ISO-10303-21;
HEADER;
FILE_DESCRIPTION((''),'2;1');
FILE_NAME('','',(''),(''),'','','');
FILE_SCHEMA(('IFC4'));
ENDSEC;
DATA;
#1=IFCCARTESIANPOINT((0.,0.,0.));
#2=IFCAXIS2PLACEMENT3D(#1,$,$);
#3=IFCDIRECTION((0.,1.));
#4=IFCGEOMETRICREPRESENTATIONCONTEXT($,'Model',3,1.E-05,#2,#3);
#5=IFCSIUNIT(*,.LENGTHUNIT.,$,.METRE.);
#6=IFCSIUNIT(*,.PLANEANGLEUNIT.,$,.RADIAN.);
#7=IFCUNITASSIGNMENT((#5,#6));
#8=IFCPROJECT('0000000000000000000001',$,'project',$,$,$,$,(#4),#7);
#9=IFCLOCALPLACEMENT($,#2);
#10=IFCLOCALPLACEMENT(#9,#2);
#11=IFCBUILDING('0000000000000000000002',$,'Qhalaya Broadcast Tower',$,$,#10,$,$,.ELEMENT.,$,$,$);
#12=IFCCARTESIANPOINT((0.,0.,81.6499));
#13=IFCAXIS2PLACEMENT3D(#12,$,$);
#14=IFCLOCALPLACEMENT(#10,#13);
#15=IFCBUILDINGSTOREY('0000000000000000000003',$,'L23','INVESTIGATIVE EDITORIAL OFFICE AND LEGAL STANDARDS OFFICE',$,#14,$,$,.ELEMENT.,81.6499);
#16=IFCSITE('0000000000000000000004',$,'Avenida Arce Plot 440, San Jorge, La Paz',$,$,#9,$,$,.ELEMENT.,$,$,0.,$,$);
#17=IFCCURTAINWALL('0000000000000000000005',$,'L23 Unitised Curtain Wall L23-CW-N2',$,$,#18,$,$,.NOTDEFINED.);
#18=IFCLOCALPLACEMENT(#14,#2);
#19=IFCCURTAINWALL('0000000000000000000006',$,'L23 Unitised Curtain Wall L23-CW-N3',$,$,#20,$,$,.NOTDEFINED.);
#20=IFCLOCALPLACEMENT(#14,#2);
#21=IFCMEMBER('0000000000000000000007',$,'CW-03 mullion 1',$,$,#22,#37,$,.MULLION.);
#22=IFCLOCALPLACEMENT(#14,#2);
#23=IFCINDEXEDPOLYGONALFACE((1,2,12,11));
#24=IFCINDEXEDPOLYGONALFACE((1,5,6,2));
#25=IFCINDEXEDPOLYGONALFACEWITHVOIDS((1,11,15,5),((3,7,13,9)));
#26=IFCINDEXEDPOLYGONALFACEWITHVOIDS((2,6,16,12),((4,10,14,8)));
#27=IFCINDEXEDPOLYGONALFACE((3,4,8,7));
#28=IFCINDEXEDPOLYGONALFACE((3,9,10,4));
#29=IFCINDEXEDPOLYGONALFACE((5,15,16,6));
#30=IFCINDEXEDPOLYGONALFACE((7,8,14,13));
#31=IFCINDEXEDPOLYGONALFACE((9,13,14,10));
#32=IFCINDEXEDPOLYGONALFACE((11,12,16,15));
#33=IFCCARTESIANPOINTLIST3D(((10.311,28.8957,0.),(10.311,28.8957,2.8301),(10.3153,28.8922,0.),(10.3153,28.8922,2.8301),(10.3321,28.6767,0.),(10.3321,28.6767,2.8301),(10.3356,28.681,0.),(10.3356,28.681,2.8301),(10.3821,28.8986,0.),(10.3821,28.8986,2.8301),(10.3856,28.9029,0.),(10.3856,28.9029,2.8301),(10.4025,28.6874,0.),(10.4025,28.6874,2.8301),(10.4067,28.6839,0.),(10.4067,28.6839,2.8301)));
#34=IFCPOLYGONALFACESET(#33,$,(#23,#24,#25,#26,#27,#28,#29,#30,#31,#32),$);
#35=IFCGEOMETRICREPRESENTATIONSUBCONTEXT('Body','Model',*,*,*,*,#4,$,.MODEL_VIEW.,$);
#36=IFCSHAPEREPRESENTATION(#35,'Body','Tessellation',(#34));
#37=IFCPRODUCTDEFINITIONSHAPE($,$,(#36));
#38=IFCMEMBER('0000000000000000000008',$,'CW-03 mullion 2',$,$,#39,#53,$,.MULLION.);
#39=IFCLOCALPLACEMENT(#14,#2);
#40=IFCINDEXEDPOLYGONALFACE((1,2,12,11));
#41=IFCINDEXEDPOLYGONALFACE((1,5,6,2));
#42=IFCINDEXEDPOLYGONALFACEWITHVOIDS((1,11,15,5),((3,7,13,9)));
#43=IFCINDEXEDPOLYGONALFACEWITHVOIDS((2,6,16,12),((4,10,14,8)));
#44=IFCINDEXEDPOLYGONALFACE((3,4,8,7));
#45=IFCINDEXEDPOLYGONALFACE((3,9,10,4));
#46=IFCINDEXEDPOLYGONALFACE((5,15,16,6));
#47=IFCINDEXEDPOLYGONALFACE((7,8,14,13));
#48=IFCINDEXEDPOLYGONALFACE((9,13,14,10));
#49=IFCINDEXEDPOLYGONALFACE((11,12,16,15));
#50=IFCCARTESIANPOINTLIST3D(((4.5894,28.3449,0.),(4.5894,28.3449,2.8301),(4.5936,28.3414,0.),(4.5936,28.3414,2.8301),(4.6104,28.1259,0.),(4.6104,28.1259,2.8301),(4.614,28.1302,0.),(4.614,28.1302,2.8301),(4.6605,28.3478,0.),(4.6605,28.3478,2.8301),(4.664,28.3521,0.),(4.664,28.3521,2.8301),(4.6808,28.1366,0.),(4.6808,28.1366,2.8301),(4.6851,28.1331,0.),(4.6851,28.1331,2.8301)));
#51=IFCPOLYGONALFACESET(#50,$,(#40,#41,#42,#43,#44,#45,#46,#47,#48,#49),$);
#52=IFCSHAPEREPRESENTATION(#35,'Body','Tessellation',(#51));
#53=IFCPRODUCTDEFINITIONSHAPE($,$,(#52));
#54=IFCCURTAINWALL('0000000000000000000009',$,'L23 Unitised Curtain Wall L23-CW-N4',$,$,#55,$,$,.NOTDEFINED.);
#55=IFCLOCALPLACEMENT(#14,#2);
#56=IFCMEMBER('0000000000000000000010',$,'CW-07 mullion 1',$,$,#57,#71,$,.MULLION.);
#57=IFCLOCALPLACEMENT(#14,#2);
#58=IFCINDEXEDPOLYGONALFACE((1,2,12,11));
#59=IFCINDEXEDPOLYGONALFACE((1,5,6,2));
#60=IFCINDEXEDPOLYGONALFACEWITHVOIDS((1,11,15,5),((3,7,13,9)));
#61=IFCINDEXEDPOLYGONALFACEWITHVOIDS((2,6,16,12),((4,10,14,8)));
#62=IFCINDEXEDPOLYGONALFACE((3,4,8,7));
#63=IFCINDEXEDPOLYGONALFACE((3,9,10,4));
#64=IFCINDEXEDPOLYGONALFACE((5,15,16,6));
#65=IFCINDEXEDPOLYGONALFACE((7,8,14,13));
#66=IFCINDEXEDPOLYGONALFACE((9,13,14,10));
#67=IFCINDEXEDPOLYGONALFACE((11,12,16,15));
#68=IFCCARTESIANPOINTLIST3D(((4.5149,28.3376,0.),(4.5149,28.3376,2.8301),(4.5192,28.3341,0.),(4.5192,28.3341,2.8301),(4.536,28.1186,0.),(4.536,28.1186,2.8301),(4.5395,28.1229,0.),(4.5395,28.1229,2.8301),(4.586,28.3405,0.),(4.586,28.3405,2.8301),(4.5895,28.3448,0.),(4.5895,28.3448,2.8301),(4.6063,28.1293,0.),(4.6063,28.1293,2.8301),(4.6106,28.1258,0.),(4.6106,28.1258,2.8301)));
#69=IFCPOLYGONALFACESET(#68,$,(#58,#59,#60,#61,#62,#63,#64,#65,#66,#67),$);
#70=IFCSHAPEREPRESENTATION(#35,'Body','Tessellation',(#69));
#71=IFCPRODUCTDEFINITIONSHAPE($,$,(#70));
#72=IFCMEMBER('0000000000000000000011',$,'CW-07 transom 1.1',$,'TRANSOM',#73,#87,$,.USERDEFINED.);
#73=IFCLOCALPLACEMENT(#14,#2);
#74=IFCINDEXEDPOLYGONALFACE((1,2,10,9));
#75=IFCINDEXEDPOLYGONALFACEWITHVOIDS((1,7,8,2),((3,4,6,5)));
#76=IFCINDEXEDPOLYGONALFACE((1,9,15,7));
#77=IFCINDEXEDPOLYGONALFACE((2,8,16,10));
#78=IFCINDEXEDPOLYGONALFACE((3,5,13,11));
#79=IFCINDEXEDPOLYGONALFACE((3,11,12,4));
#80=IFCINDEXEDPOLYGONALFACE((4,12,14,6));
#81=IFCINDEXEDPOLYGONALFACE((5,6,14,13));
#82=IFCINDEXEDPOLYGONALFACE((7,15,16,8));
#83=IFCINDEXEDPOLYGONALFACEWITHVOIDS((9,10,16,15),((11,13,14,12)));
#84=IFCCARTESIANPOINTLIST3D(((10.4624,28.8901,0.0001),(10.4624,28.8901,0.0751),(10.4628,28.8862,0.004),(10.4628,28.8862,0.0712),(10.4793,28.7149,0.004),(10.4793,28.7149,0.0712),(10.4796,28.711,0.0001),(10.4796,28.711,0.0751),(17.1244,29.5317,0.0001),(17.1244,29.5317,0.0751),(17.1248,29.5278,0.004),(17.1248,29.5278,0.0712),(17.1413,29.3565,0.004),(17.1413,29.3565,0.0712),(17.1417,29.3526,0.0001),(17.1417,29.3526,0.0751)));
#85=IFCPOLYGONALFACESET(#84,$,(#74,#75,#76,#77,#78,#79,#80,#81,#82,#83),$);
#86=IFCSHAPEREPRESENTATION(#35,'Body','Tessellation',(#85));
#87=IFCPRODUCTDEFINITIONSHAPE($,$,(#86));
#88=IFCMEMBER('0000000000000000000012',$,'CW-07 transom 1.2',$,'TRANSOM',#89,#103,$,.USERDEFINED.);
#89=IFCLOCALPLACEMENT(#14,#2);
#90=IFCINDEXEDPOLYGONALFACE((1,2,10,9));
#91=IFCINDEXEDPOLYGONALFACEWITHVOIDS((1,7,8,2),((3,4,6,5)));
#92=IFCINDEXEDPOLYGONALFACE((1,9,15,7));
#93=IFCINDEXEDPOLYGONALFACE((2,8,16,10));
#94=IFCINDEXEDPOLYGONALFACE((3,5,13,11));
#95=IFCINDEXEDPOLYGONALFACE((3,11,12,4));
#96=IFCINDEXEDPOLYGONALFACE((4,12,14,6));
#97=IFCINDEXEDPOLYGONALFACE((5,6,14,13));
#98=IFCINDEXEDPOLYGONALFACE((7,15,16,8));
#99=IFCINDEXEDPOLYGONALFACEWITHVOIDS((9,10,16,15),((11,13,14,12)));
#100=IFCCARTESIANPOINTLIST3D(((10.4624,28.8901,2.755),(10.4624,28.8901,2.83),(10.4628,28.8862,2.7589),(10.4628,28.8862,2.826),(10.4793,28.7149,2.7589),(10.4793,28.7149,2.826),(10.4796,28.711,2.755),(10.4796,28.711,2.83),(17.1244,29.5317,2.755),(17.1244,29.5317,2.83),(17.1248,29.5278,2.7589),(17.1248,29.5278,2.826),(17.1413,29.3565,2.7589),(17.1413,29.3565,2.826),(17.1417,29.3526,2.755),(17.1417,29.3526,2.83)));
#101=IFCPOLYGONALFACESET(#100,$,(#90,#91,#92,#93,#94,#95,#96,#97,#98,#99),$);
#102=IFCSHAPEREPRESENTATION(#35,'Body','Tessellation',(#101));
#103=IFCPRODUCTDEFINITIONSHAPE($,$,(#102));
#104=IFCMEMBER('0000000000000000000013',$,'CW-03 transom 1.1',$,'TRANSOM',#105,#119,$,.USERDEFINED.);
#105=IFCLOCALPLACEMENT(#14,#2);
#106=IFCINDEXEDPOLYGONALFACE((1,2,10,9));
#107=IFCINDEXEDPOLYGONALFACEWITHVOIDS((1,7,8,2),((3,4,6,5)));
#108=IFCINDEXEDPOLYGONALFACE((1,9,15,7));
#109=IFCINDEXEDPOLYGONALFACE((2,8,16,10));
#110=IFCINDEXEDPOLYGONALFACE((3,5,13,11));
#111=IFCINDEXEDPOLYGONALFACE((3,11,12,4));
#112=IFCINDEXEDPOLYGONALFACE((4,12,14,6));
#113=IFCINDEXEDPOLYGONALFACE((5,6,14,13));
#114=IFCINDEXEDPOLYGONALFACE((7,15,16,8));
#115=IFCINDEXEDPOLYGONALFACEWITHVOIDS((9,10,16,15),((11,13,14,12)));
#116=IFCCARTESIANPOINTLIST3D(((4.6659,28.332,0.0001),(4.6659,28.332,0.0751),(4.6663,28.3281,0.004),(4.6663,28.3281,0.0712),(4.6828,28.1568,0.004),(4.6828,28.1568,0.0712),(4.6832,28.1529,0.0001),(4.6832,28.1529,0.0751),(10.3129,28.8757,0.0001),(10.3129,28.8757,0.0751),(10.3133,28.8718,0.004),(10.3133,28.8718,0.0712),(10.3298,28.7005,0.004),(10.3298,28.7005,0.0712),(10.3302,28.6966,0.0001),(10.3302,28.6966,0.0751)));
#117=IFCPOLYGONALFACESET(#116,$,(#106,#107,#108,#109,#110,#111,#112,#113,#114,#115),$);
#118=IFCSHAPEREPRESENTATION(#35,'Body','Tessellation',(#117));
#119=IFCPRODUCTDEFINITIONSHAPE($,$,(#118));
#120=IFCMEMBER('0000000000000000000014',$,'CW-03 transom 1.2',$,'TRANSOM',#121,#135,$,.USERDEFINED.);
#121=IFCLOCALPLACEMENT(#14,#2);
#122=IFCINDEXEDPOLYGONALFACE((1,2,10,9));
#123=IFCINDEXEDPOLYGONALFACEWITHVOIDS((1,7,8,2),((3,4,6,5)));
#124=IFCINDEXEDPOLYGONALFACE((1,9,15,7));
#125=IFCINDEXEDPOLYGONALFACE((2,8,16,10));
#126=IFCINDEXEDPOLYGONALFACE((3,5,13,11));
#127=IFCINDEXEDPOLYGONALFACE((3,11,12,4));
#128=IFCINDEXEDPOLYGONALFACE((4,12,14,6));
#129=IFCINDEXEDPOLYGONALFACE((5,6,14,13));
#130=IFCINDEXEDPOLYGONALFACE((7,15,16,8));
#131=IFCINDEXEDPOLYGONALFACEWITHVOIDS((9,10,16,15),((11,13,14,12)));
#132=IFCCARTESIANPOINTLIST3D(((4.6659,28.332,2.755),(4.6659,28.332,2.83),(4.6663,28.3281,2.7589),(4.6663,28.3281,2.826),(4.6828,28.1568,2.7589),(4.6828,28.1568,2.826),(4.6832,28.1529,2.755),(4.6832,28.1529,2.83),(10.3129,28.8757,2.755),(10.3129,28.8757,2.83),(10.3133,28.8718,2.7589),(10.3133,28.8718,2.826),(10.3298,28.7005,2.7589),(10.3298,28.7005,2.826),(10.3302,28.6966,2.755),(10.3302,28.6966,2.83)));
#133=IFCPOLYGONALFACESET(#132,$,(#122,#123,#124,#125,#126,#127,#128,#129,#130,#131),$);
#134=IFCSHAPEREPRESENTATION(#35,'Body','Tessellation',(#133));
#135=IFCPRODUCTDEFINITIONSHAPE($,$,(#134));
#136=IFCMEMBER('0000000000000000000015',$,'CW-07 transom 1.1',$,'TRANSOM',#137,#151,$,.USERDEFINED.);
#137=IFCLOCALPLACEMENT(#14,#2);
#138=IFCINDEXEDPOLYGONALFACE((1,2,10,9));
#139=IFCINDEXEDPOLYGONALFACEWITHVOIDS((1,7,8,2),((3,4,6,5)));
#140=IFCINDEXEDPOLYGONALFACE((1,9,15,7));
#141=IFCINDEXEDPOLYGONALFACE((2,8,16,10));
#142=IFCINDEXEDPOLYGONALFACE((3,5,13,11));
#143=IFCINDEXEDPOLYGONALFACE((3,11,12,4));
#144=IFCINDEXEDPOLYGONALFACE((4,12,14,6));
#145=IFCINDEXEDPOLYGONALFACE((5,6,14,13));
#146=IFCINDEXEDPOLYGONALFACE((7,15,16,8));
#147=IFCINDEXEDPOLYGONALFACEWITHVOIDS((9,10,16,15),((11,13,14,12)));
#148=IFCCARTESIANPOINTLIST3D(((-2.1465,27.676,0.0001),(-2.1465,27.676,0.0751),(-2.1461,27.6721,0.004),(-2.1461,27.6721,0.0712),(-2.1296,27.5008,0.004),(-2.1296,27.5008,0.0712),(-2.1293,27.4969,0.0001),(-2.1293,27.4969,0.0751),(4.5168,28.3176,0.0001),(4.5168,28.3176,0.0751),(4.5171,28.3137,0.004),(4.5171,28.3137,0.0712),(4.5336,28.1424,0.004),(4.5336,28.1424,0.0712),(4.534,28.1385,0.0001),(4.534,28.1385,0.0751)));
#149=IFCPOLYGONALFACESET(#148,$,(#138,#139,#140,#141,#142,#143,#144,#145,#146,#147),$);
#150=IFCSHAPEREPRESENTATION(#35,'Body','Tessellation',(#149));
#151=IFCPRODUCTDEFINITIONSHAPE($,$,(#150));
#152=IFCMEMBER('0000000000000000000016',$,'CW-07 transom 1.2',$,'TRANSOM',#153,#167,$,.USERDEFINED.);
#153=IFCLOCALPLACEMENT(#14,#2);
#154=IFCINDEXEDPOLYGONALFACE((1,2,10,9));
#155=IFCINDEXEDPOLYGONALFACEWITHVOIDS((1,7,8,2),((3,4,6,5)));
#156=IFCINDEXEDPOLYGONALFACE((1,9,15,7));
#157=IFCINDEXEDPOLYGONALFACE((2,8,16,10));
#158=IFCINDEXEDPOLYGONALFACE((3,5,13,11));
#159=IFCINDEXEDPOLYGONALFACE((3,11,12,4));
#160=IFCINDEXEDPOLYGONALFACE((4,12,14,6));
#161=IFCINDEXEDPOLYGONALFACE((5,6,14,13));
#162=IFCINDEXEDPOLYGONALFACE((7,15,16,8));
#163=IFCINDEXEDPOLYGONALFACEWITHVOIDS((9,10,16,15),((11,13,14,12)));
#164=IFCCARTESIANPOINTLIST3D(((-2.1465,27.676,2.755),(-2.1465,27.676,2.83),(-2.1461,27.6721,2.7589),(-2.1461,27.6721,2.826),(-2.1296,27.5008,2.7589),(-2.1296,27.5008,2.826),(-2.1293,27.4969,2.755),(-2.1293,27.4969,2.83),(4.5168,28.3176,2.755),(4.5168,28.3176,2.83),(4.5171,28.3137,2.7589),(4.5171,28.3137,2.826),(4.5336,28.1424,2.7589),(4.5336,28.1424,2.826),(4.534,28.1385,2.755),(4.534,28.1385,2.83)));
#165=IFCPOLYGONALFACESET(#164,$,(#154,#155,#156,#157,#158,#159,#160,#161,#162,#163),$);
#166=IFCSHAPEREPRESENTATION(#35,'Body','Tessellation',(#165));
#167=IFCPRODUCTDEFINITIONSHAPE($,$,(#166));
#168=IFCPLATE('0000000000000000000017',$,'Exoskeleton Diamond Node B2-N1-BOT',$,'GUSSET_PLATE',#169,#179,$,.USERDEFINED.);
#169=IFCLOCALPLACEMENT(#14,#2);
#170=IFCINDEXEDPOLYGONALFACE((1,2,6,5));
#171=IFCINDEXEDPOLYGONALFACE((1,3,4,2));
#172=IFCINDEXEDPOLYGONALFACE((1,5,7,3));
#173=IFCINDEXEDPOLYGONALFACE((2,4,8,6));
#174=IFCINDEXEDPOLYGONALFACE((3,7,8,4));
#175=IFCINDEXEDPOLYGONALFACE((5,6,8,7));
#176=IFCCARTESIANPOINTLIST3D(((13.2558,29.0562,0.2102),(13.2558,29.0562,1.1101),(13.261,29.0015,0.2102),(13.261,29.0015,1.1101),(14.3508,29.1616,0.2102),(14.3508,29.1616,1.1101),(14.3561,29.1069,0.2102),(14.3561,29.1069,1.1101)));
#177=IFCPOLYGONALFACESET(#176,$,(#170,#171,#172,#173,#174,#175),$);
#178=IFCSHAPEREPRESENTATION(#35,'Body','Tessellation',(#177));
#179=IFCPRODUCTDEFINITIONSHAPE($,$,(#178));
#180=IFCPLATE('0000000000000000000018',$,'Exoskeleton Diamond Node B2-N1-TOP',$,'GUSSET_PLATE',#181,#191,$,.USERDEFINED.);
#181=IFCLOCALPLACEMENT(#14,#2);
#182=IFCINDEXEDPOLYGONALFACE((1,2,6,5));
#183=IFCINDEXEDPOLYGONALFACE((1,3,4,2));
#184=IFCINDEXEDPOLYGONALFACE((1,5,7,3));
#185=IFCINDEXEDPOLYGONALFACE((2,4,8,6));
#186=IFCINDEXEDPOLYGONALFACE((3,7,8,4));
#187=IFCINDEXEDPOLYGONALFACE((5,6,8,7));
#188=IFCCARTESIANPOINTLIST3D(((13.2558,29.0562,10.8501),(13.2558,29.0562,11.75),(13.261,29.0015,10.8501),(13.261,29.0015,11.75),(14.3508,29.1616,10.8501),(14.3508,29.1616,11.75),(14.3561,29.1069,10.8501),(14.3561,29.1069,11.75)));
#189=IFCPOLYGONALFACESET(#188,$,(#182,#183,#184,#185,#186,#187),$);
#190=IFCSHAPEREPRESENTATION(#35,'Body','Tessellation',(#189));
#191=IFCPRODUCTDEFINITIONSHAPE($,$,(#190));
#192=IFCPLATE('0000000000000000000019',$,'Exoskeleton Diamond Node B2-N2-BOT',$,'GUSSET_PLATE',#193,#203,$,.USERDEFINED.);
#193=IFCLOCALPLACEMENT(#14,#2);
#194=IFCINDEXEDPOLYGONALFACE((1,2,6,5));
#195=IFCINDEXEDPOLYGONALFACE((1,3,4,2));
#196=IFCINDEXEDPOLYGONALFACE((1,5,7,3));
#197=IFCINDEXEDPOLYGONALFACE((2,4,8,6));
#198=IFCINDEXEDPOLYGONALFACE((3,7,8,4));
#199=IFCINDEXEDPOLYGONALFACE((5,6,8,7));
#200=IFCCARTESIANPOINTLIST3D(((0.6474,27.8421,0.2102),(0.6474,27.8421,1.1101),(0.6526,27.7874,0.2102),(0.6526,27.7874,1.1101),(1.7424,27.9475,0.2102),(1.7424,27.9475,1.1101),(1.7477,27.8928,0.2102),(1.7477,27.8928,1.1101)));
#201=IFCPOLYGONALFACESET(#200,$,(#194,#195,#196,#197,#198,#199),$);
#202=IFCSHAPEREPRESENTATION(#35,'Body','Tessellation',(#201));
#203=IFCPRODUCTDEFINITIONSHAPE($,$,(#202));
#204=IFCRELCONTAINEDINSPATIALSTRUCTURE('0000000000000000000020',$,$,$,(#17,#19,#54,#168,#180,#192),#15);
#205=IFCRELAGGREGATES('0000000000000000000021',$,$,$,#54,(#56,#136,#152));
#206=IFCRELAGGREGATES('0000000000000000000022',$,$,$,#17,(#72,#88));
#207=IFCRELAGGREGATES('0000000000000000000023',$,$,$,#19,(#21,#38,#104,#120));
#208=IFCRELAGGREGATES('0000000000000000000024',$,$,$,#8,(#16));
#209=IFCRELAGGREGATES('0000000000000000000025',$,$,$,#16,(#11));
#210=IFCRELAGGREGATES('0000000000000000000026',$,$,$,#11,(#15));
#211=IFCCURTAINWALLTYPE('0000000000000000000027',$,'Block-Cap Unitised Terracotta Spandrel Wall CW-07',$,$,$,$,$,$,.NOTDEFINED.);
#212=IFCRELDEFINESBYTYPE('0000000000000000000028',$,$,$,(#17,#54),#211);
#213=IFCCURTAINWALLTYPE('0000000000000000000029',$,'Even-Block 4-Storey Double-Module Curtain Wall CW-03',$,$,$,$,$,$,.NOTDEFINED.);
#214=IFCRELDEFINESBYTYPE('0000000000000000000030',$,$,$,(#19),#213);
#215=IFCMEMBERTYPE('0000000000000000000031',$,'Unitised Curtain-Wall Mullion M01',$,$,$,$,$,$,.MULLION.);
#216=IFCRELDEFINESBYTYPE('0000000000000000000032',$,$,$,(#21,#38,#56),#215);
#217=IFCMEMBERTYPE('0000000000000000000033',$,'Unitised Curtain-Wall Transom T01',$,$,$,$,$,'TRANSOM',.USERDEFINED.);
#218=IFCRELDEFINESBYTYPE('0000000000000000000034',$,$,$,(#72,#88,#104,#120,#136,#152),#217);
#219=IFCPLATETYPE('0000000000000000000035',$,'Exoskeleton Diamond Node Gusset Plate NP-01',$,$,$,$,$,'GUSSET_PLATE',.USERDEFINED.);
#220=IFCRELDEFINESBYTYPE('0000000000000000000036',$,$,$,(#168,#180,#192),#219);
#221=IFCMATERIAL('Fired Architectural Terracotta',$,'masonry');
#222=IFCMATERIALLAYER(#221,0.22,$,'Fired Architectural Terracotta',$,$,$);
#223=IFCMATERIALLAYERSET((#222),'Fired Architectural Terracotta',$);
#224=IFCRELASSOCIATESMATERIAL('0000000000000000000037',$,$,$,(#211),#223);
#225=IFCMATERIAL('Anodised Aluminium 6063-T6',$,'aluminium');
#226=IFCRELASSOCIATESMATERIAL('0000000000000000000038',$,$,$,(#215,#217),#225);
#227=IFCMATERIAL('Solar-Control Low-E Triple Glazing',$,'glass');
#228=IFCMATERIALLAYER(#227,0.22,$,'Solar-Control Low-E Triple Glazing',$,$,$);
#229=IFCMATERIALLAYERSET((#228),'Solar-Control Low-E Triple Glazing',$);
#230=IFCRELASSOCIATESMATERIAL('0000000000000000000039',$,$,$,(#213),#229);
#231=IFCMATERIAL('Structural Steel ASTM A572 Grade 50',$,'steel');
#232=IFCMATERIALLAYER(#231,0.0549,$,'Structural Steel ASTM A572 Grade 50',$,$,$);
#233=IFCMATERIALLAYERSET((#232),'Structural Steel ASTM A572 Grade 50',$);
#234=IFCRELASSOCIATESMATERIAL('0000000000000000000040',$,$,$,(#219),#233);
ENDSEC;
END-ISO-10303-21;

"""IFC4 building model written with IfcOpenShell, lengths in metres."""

from ifc_helpers import new_model, si_unit, direction, frame, origin, origin_2d, place, context, subcontext, project, spatial, rectangle, hollow_rectangle, extrude, material, layer, layer_set, material_profile, profile_set, type_object, element, aggregate, save


model = new_model("IFC4")

# Units and contexts
model_context = context("Model", 3, precision=1e-05, world=origin(), true_north=direction((0.0, 1.0)))
body_context = subcontext(model_context, "Body", "Model", "MODEL_VIEW")
ifc_project = project(units=[si_unit("LENGTHUNIT", "METRE"), si_unit("PLANEANGLEUNIT", "RADIAN")], contexts=[model_context])

# Site, building, storey
site_placement = place(None, origin())
site = spatial("IfcSite", under=ifc_project, at=site_placement, Name="Avenida Arce Plot 440, San Jorge, La Paz", CompositionType="ELEMENT", RefElevation=0.0)
building_placement = place(site_placement, origin())
building = spatial("IfcBuilding", under=site, at=building_placement, Name="Qhalaya Broadcast Tower", CompositionType="ELEMENT")
storey_placement = place(building_placement, frame((0.0, 0.0, 81.6499)))
storey = spatial("IfcBuildingStorey", under=building, at=storey_placement, Name="L23", Description="INVESTIGATIVE EDITORIAL OFFICE AND LEGAL STANDARDS OFFICE", CompositionType="ELEMENT", Elevation=81.6499)

# Shared definitions
ifc_material_1 = material(Name="Structural Steel ASTM A572 Grade 50", Category="steel")

# Curtain wall
ifc_material_2 = material(Name="Fired Architectural Terracotta", Category="masonry")
ifc_layer_1 = layer(ifc_material_2, 0.22, Name="Fired Architectural Terracotta")
ifc_layer_set_1 = layer_set([ifc_layer_1], Name="Fired Architectural Terracotta")
curtain_wall_type_1 = type_object("IfcCurtainWallType", Name="Block-Cap Unitised Terracotta Spandrel Wall CW-07", PredefinedType="NOTDEFINED", material=ifc_layer_set_1)
curtain_wall_1_placement = place(storey_placement, origin())
curtain_wall_1 = element("IfcCurtainWall", 1, at=curtain_wall_1_placement, inside=storey, type_object=curtain_wall_type_1, Name="L23 Unitised Curtain Wall L23-CW-N2", PredefinedType="NOTDEFINED")
ifc_material_3 = material(Name="Anodised Aluminium 6063-T6", Category="aluminium")
ifc_material_profile_1 = material_profile(ifc_material_3, hollow_rectangle(XDim=0.075, YDim=0.22, WallThickness=0.0039, at=origin_2d()), Name="ALU-MUL 75x220x4")
ifc_profile_set_1 = profile_set([ifc_material_profile_1], Name="Anodised Aluminium 6063-T6")
member_type_1 = type_object("IfcMemberType", Name="Unitised Curtain-Wall Mullion M01", PredefinedType="MULLION", material=ifc_profile_set_1)

# Curtain wall, members
ifc_material_4 = material(Name="Solar-Control Low-E Triple Glazing", Category="glass")
ifc_layer_2 = layer(ifc_material_4, 0.22, Name="Solar-Control Low-E Triple Glazing")
ifc_layer_set_2 = layer_set([ifc_layer_2], Name="Solar-Control Low-E Triple Glazing")
curtain_wall_type_2 = type_object("IfcCurtainWallType", Name="Even-Block 4-Storey Double-Module Curtain Wall CW-03", PredefinedType="NOTDEFINED", material=ifc_layer_set_2)
curtain_wall_2_placement = place(storey_placement, origin())
curtain_wall_2 = element("IfcCurtainWall", 2, at=curtain_wall_2_placement, inside=storey, type_object=curtain_wall_type_2, Name="L23 Unitised Curtain Wall L23-CW-N3", PredefinedType="NOTDEFINED")
member_1_placement = place(storey_placement, frame((10.3589, 28.7898, 0.0), z_axis=(0.0, 0.0, 1.0), x_axis=(-0.995396, -0.095844, 0.0)))
member_1 = element("IfcMember", 3, at=member_1_placement, type_object=member_type_1, Name="CW-03 mullion 1", PredefinedType="MULLION", context=body_context, shape_type="SweptSolid", body=[
    extrude(hollow_rectangle(XDim=0.075, YDim=0.22, WallThickness=0.0039, at=origin_2d()), origin(), (0.0, 0.0, 1.0), 2.8301),
])
member_2_placement = place(storey_placement, frame((4.6372, 28.239, 0.0), z_axis=(0.0, 0.0, 1.0), x_axis=(-0.995396, -0.095844, 0.0)))
member_2 = element("IfcMember", 4, at=member_2_placement, type_object=member_type_1, Name="CW-03 mullion 2", PredefinedType="MULLION", context=body_context, shape_type="SweptSolid", body=[
    extrude(hollow_rectangle(XDim=0.075, YDim=0.22, WallThickness=0.0039, at=origin_2d()), origin(), (0.0, 0.0, 1.0), 2.8301),
])

# Curtain wall, member
curtain_wall_3_placement = place(storey_placement, origin())
curtain_wall_3 = element("IfcCurtainWall", 5, at=curtain_wall_3_placement, inside=storey, type_object=curtain_wall_type_1, Name="L23 Unitised Curtain Wall L23-CW-N4", PredefinedType="NOTDEFINED")
member_3_placement = place(storey_placement, frame((4.5627, 28.2317, 0.0), z_axis=(0.0, 0.0, 1.0), x_axis=(-0.995396, -0.09585, 0.0)))
member_3 = element("IfcMember", 6, at=member_3_placement, type_object=member_type_1, Name="CW-07 mullion 1", PredefinedType="MULLION", context=body_context, shape_type="SweptSolid", body=[
    extrude(hollow_rectangle(XDim=0.075, YDim=0.22, WallThickness=0.0039, at=origin_2d()), origin(), (0.0, 0.0, 1.0), 2.8301),
])

# Members
ifc_material_profile_2 = material_profile(ifc_material_3, hollow_rectangle(XDim=0.075, YDim=0.1799, WallThickness=0.0039, at=origin_2d()), Name="ALU-TRN 75x180x4")
ifc_profile_set_2 = profile_set([ifc_material_profile_2], Name="Anodised Aluminium 6063-T6")
member_type_2 = type_object("IfcMemberType", Name="Unitised Curtain-Wall Transom T01", ElementType="TRANSOM", PredefinedType="USERDEFINED", material=ifc_profile_set_2)
member_4_placement = place(storey_placement, frame((17.1331, 29.4421, 0.0376), z_axis=(-0.995395, -0.095863, 0.0), x_axis=(0.0, 0.0, 1.0)))
member_4 = element("IfcMember", 7, at=member_4_placement, type_object=member_type_2, Name="CW-07 transom 1.1", ObjectType="TRANSOM", PredefinedType="USERDEFINED", context=body_context, shape_type="SweptSolid", body=[
    extrude(hollow_rectangle(XDim=0.075, YDim=0.1799, WallThickness=0.0039, at=origin_2d()), origin(), (0.0, 0.0, 1.0), 6.6929),
])
member_5_placement = place(storey_placement, frame((17.1331, 29.4421, 2.7925), z_axis=(-0.995395, -0.095863, 0.0), x_axis=(0.0, 0.0, 1.0)))
member_5 = element("IfcMember", 8, at=member_5_placement, type_object=member_type_2, Name="CW-07 transom 1.2", ObjectType="TRANSOM", PredefinedType="USERDEFINED", context=body_context, shape_type="SweptSolid", body=[
    extrude(hollow_rectangle(XDim=0.075, YDim=0.1799, WallThickness=0.0039, at=origin_2d()), origin(), (0.0, 0.0, 1.0), 6.6929),
])
member_6_placement = place(storey_placement, frame((10.3215, 28.7861, 0.0376), z_axis=(-0.995397, -0.095839, 0.0), x_axis=(0.0, 0.0, 1.0)))
member_6 = element("IfcMember", 9, at=member_6_placement, type_object=member_type_2, Name="CW-03 transom 1.1", ObjectType="TRANSOM", PredefinedType="USERDEFINED", context=body_context, shape_type="SweptSolid", body=[
    extrude(hollow_rectangle(XDim=0.075, YDim=0.1799, WallThickness=0.0039, at=origin_2d()), origin(), (0.0, 0.0, 1.0), 5.6731),
])
member_7_placement = place(storey_placement, frame((10.3215, 28.7861, 2.7925), z_axis=(-0.995397, -0.095839, 0.0), x_axis=(0.0, 0.0, 1.0)))
member_7 = element("IfcMember", 10, at=member_7_placement, type_object=member_type_2, Name="CW-03 transom 1.2", ObjectType="TRANSOM", PredefinedType="USERDEFINED", context=body_context, shape_type="SweptSolid", body=[
    extrude(hollow_rectangle(XDim=0.075, YDim=0.1799, WallThickness=0.0039, at=origin_2d()), origin(), (0.0, 0.0, 1.0), 5.6731),
])
member_8_placement = place(storey_placement, frame((4.5254, 28.228, 0.0376), z_axis=(-0.995396, -0.095845, 0.0), x_axis=(0.0, 0.0, 1.0)))
member_8 = element("IfcMember", 11, at=member_8_placement, type_object=member_type_2, Name="CW-07 transom 1.1", ObjectType="TRANSOM", PredefinedType="USERDEFINED", context=body_context, shape_type="SweptSolid", body=[
    extrude(hollow_rectangle(XDim=0.075, YDim=0.1799, WallThickness=0.0039, at=origin_2d()), origin(), (0.0, 0.0, 1.0), 6.6941),
])
member_9_placement = place(storey_placement, frame((4.5254, 28.228, 2.7925), z_axis=(-0.995396, -0.095845, 0.0), x_axis=(0.0, 0.0, 1.0)))
member_9 = element("IfcMember", 12, at=member_9_placement, type_object=member_type_2, Name="CW-07 transom 1.2", ObjectType="TRANSOM", PredefinedType="USERDEFINED", context=body_context, shape_type="SweptSolid", body=[
    extrude(hollow_rectangle(XDim=0.075, YDim=0.1799, WallThickness=0.0039, at=origin_2d()), origin(), (0.0, 0.0, 1.0), 6.6941),
])
aggregate(curtain_wall_3, [member_3, member_8, member_9])

# Plates
ifc_layer_3 = layer(ifc_material_1, 0.0549, Name="Structural Steel ASTM A572 Grade 50")
ifc_layer_set_3 = layer_set([ifc_layer_3], Name="Structural Steel ASTM A572 Grade 50")
plate_type_1 = type_object("IfcPlateType", Name="Exoskeleton Diamond Node Gusset Plate NP-01", ElementType="GUSSET_PLATE", PredefinedType="USERDEFINED", material=ifc_layer_set_3)
for number, where, z_axis, x_axis, name in (
    (13, (13.8059, 29.0815, 0.2102), (0.0, 0.0, 1.0), (0.995396, 0.095846, 0.0), "Exoskeleton Diamond Node B2-N1-BOT"),
    (14, (13.8059, 29.0815, 10.8501), (0.0, 0.0, 1.0), (0.995396, 0.095846, 0.0), "Exoskeleton Diamond Node B2-N1-TOP"),
    (15, (1.1975, 27.8674, 0.2102), (0.0, 0.0, 1.0), (0.995396, 0.095846, 0.0), "Exoskeleton Diamond Node B2-N2-BOT"),
):
    element("IfcPlate", number, at=place(storey_placement, frame(where, z_axis=z_axis, x_axis=x_axis)), inside=storey, type_object=plate_type_1, Name=name, ObjectType="GUSSET_PLATE", PredefinedType="USERDEFINED", context=body_context, shape_type="SweptSolid", body=[
        extrude(rectangle(XDim=1.1001, YDim=0.0549, at=origin_2d()), origin(), (0.0, 0.0, 1.0), 0.8999),
    ])

aggregate(curtain_wall_1, [member_4, member_5])
aggregate(curtain_wall_2, [member_1, member_2, member_6, member_7])

save(model, "model.ifc")
